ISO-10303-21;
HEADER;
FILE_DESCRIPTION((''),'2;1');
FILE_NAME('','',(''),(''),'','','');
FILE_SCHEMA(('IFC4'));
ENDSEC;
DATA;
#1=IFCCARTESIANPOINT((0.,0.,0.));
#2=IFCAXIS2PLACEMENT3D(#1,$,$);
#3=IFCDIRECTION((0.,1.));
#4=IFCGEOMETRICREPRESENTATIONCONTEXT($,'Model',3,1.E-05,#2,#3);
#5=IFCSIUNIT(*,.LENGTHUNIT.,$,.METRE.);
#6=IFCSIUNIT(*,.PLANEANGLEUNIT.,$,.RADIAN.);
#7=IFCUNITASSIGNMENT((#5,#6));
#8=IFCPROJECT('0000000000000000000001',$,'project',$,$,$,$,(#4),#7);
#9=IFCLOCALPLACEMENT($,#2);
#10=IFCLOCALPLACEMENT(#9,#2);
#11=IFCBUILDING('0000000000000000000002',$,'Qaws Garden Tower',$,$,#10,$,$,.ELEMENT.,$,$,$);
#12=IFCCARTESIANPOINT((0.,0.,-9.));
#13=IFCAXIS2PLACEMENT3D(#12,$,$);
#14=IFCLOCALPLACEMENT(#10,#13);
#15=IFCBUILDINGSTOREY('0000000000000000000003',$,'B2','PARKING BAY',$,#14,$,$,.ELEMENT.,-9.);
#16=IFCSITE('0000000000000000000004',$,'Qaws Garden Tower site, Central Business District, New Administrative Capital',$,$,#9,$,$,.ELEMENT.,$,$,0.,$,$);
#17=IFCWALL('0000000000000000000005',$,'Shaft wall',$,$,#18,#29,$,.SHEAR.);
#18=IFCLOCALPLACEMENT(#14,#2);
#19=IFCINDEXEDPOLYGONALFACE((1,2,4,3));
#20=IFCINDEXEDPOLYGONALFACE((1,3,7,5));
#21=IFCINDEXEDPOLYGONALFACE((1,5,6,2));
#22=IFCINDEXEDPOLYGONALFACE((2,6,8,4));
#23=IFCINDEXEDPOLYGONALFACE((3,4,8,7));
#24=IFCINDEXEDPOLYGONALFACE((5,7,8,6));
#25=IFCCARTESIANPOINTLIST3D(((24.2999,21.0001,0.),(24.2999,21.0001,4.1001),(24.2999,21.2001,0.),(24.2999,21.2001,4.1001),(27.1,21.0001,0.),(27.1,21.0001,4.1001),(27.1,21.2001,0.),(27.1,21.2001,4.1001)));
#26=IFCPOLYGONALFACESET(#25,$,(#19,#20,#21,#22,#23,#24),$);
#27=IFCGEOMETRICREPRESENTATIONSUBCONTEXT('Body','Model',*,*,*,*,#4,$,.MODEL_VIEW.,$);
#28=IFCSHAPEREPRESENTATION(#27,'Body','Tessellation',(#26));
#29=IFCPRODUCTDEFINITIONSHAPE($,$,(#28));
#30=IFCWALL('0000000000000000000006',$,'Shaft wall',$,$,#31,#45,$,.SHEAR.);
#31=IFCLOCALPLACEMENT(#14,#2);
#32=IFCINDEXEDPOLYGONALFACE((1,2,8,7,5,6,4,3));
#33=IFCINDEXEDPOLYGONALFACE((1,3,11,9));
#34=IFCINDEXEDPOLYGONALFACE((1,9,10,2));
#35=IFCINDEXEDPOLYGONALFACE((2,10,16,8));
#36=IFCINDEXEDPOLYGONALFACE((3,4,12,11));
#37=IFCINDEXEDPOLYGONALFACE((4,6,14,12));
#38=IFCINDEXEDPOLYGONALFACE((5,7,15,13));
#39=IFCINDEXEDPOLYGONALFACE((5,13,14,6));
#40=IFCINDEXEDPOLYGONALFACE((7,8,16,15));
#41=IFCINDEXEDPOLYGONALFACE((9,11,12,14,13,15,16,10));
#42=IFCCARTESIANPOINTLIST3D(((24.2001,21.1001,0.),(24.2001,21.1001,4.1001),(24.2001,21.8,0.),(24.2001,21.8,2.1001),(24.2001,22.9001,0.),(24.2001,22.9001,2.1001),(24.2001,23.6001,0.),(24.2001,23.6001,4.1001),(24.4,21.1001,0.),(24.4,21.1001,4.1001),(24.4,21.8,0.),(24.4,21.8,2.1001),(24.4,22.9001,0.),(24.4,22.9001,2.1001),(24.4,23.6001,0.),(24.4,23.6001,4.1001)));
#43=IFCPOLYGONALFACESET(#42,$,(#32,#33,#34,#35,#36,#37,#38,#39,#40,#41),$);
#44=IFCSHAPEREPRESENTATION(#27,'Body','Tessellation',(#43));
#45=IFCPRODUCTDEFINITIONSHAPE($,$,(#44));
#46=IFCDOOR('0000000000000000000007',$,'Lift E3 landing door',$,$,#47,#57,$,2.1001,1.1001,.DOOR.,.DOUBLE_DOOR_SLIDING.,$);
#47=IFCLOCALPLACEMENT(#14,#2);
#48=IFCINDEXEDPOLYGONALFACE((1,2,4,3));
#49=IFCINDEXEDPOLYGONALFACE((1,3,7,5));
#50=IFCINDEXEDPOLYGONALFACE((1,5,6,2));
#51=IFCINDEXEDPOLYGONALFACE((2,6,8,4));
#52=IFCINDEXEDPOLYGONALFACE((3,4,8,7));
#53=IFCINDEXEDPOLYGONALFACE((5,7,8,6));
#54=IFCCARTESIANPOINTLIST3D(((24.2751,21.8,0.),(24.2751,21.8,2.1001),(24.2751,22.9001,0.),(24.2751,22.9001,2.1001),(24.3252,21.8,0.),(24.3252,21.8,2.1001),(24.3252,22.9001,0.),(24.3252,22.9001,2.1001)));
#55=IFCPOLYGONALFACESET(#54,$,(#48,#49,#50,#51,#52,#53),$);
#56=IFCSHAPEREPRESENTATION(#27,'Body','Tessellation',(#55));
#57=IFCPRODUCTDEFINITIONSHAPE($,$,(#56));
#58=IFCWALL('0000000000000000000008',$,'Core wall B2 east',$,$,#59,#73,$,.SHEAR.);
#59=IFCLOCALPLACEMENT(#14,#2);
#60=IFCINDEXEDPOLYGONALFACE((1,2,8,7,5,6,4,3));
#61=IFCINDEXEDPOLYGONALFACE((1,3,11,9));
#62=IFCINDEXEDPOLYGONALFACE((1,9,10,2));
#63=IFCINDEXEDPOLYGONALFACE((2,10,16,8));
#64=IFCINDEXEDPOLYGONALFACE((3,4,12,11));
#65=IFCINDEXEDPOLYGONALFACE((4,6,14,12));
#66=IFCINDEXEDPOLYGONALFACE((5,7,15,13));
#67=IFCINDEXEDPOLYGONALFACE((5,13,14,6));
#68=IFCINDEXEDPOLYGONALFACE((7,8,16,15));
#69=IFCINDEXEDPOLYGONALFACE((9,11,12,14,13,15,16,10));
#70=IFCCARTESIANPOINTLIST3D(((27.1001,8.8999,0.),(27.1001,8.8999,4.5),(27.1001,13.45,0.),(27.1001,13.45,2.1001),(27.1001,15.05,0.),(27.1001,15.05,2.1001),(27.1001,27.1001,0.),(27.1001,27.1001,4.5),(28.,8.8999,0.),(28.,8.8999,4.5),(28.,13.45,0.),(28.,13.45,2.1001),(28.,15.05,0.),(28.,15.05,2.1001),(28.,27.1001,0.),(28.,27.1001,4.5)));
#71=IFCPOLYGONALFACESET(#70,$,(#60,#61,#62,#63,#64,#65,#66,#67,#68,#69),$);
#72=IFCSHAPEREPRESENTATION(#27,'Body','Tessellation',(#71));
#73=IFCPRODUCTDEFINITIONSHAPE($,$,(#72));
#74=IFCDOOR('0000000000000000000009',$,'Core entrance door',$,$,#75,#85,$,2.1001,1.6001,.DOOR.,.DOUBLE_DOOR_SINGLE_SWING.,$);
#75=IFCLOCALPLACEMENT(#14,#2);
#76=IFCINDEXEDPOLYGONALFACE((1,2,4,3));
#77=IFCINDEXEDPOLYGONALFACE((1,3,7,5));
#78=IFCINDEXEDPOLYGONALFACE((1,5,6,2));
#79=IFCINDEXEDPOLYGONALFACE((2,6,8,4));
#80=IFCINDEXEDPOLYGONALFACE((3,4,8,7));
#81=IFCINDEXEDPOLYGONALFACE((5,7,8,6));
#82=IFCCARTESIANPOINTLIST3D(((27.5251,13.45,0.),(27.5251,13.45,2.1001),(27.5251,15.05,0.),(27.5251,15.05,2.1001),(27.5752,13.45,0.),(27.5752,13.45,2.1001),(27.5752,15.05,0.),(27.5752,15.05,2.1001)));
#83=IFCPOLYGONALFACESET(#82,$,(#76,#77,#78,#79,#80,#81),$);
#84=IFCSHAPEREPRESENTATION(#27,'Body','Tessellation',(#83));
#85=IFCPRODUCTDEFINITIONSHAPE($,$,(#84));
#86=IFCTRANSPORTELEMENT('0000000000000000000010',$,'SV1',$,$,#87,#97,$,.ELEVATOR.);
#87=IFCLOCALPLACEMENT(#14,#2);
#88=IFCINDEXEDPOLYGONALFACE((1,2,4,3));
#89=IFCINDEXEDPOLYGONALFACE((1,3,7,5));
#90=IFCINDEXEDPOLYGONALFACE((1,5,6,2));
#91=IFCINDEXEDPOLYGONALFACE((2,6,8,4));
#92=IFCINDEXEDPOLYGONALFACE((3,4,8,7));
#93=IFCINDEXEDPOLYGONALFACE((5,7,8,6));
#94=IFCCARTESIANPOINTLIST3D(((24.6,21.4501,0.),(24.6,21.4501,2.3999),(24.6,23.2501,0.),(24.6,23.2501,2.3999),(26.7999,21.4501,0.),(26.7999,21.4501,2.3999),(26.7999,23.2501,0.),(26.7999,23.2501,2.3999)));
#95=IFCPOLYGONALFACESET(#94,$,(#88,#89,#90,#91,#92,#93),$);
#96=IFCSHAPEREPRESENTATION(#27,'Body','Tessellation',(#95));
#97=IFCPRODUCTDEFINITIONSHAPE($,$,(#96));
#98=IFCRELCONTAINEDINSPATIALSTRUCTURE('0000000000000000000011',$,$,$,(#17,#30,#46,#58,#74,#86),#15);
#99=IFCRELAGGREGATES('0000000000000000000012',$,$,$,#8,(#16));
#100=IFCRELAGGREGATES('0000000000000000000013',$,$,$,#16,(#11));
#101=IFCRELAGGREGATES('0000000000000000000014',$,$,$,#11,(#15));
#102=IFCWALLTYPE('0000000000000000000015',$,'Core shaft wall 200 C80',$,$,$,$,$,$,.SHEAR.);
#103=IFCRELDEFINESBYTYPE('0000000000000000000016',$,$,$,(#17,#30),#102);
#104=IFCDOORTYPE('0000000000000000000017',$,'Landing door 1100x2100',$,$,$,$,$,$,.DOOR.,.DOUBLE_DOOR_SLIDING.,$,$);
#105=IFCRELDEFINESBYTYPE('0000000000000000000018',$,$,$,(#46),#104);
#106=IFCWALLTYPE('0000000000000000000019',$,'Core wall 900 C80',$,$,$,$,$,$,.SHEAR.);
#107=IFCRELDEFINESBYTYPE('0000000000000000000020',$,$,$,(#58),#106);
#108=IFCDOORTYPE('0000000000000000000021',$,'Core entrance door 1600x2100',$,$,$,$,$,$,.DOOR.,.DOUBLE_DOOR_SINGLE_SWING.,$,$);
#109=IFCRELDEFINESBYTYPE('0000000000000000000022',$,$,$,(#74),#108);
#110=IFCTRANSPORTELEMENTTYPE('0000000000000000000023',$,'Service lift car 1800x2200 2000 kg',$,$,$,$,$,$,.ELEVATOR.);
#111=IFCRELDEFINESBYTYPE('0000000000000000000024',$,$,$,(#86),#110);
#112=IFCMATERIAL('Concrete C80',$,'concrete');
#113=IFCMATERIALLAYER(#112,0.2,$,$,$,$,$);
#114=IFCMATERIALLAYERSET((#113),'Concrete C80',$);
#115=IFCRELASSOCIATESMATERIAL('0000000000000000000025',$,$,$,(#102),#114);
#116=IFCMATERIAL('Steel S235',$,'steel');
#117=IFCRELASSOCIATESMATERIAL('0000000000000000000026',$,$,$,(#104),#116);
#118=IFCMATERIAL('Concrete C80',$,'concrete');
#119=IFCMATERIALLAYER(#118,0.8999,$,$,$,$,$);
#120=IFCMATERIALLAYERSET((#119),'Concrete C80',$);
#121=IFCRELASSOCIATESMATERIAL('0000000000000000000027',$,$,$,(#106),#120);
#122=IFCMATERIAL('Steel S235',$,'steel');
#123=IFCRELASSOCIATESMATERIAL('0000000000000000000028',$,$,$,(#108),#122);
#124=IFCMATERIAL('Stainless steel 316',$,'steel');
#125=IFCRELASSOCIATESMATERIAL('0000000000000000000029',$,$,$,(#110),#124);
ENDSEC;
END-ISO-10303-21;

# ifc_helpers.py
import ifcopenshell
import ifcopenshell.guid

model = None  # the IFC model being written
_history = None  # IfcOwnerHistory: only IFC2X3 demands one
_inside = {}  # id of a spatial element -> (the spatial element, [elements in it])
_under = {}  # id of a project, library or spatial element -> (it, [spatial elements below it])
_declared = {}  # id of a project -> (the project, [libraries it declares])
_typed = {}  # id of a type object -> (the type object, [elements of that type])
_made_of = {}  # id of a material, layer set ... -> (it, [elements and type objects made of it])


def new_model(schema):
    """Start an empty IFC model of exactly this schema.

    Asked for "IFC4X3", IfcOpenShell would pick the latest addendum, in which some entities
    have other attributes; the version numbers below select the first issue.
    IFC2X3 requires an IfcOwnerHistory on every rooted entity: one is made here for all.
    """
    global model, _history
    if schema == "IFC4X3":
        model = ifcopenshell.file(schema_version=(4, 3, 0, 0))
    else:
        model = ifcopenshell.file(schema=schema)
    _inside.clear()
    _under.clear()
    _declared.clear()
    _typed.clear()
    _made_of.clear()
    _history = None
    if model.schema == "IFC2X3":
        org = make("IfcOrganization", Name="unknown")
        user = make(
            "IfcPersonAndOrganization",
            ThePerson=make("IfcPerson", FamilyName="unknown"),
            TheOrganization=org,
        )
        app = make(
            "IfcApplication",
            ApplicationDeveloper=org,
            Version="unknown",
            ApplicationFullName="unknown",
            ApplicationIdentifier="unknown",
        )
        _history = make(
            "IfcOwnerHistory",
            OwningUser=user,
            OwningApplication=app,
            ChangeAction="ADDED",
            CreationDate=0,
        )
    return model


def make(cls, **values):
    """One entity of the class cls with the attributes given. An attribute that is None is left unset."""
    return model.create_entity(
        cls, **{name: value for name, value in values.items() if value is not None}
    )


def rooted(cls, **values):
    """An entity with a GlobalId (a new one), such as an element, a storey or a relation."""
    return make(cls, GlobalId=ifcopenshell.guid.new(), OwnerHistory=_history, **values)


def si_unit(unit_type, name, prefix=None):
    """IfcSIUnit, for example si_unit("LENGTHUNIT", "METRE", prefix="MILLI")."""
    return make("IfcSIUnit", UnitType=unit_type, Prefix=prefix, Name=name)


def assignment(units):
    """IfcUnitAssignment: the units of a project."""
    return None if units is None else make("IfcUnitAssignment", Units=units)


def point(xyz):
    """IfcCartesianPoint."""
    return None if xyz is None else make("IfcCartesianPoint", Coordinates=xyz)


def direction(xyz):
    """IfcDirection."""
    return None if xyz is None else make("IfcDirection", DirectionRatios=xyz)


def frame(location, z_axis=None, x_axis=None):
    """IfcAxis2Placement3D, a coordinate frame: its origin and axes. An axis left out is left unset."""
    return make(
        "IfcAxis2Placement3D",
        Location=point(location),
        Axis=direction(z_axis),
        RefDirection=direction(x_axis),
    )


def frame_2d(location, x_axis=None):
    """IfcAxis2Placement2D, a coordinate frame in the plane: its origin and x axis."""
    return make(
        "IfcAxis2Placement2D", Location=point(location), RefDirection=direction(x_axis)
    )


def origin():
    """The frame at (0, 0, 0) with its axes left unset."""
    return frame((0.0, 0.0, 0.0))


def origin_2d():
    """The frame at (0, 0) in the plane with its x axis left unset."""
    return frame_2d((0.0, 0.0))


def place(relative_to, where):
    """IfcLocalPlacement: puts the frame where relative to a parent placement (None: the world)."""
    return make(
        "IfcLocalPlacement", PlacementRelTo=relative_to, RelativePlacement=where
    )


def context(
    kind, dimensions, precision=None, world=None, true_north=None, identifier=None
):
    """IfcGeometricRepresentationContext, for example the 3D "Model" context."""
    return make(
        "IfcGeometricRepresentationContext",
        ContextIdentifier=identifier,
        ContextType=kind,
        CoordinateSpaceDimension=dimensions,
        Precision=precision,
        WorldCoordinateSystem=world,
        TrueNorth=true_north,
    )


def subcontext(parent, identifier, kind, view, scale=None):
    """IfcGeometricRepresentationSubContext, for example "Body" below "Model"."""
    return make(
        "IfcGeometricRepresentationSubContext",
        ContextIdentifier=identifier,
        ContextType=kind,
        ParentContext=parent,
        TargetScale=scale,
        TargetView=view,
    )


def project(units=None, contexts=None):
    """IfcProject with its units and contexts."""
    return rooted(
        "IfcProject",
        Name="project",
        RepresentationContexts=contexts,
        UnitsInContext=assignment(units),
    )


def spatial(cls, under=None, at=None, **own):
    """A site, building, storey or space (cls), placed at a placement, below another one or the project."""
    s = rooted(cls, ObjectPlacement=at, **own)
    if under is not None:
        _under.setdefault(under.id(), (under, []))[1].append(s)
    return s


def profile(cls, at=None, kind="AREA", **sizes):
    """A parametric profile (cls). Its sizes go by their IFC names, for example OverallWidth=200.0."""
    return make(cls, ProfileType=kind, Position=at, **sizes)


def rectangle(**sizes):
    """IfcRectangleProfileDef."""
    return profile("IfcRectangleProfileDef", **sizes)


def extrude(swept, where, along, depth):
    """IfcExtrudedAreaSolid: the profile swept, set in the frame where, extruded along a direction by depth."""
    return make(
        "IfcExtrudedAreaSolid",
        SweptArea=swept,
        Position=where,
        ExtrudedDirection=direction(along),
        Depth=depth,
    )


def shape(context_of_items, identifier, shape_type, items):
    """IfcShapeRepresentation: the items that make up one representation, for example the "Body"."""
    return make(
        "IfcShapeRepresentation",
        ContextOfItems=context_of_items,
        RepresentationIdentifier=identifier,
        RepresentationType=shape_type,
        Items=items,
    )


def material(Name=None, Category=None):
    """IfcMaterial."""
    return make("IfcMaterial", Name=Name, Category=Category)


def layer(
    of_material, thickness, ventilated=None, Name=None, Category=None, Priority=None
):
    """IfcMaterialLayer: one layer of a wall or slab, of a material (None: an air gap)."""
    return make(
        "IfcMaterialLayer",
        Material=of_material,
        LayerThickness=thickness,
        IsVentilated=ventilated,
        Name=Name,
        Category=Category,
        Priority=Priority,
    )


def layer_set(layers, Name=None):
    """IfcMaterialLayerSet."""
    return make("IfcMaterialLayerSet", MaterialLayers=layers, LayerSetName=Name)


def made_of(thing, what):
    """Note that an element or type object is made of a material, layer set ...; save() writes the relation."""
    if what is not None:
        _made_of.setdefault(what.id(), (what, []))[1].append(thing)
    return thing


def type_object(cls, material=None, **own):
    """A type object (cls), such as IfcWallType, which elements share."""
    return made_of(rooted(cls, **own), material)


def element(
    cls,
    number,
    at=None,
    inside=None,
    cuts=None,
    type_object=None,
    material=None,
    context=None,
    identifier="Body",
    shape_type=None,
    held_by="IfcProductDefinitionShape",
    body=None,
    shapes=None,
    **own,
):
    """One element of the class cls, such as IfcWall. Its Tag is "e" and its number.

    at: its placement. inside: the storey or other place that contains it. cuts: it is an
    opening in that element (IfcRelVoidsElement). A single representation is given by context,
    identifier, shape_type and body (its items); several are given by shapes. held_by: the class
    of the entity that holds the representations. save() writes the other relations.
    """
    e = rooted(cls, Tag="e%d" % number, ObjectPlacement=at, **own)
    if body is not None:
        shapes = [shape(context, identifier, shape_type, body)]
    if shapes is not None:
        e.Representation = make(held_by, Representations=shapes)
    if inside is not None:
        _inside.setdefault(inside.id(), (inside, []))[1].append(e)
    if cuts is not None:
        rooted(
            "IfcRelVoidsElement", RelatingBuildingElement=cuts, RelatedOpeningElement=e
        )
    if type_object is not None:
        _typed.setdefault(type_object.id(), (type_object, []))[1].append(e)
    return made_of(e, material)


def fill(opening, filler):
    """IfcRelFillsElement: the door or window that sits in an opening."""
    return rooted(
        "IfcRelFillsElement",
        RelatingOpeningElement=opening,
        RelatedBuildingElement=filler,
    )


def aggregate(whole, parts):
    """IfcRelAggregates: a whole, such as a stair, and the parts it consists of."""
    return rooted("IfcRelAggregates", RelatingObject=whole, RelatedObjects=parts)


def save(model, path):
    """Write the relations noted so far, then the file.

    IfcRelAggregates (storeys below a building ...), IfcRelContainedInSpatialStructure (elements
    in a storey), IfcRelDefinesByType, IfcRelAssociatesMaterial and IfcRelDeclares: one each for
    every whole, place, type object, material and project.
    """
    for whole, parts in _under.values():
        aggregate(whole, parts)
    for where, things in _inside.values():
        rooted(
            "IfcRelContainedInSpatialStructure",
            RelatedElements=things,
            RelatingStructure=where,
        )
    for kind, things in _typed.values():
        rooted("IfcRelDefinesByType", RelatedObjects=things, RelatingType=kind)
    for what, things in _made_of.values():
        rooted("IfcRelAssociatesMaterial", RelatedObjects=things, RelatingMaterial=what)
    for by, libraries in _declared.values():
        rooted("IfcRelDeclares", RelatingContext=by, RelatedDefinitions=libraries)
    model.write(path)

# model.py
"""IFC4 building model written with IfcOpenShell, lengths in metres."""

from ifc_helpers import new_model, si_unit, direction, frame, frame_2d, origin, origin_2d, place, context, subcontext, project, spatial, rectangle, extrude, material, layer, layer_set, type_object, element, fill, save


model = new_model("IFC4")

# Units and contexts
model_context = context("Model", 3, precision=1e-05, world=origin(), true_north=direction((0.0, 1.0)))
body_context = subcontext(model_context, "Body", "Model", "MODEL_VIEW")
ifc_project = project(units=[si_unit("LENGTHUNIT", "METRE"), si_unit("PLANEANGLEUNIT", "RADIAN")], contexts=[model_context])

# Site, building, storey
site_placement = place(None, origin())
site = spatial("IfcSite", under=ifc_project, at=site_placement, Name="Qaws Garden Tower site, Central Business District, New Administrative Capital", CompositionType="ELEMENT", RefElevation=0.0)
building_placement = place(site_placement, origin())
building = spatial("IfcBuilding", under=site, at=building_placement, Name="Qaws Garden Tower", CompositionType="ELEMENT")
storey_placement = place(building_placement, frame((0.0, 0.0, -9.0)))
storey = spatial("IfcBuildingStorey", under=building, at=storey_placement, Name="B2", Description="PARKING BAY", CompositionType="ELEMENT", Elevation=-9.0)

# Wall
ifc_material_1 = material(Name="Concrete C80", Category="concrete")
ifc_layer_1 = layer(ifc_material_1, 0.2)
ifc_layer_set_1 = layer_set([ifc_layer_1], Name="Concrete C80")
wall_type_1 = type_object("IfcWallType", Name="Core shaft wall 200 C80", PredefinedType="SHEAR", material=ifc_layer_set_1)
wall_1_placement = place(storey_placement, frame((24.3, 21.1001, 0.0), z_axis=(0.0, 0.0, 1.0), x_axis=(1.0, 0.0, 0.0)))
element("IfcWall", 1, at=wall_1_placement, inside=storey, type_object=wall_type_1, Name="Shaft wall", PredefinedType="SHEAR", context=body_context, shape_type="SweptSolid", body=[
    extrude(rectangle(XDim=2.8, YDim=0.2, at=frame_2d((1.3999, 0.0))), origin(), (0.0, 0.0, 1.0), 4.1001),
])

# Walls, openings, doors
wall_2_placement = place(storey_placement, frame((24.3, 21.1001, 0.0), z_axis=(0.0, 0.0, 1.0), x_axis=(0.0, 1.0, 0.0)))
wall_2 = element("IfcWall", 2, at=wall_2_placement, inside=storey, type_object=wall_type_1, Name="Shaft wall", PredefinedType="SHEAR", context=body_context, shape_type="SweptSolid", body=[
    extrude(rectangle(XDim=2.5, YDim=0.2, at=frame_2d((1.25, 0.0))), origin(), (0.0, 0.0, 1.0), 4.1001),
])
opening_1_placement = place(wall_2_placement, frame((0.7, 0.0, 0.0)))
opening_1 = element("IfcOpeningElement", 3, at=opening_1_placement, cuts=wall_2, PredefinedType="OPENING", context=body_context, shape_type="SweptSolid", body=[
    extrude(rectangle(XDim=1.1001, YDim=2.1001, at=frame_2d((0.55, 1.05))), frame((0.0, 0.1099, 0.0), z_axis=(0.0, -1.0, 0.0), x_axis=(1.0, 0.0, 0.0)), (0.0, 0.0, 1.0), 0.22),
])
ifc_material_2 = material(Name="Steel S235", Category="steel")
door_type_1 = type_object("IfcDoorType", Name="Landing door 1100x2100", OperationType="DOUBLE_DOOR_SLIDING", PredefinedType="DOOR", material=ifc_material_2)
door_1_placement = place(opening_1_placement, origin())
door_1 = element("IfcDoor", 4, at=door_1_placement, inside=storey, type_object=door_type_1, Name="Lift E3 landing door", OperationType="DOUBLE_DOOR_SLIDING", OverallHeight=2.1001, OverallWidth=1.1001, PredefinedType="DOOR", context=body_context, shape_type="SweptSolid", body=[
    extrude(rectangle(XDim=1.1001, YDim=2.1001, at=frame_2d((0.55, 1.05))), frame((0.0, 0.0249, 0.0), z_axis=(0.0, -1.0, 0.0), x_axis=(1.0, 0.0, 0.0)), (0.0, 0.0, 1.0), 0.05),
])
fill(opening_1, door_1)
ifc_material_3 = material(Name="Concrete C80", Category="concrete")
ifc_layer_2 = layer(ifc_material_3, 0.8999)
ifc_layer_set_2 = layer_set([ifc_layer_2], Name="Concrete C80")
wall_type_2 = type_object("IfcWallType", Name="Core wall 900 C80", PredefinedType="SHEAR", material=ifc_layer_set_2)
wall_3_placement = place(storey_placement, frame((27.55, 8.8999, 0.0), z_axis=(0.0, 0.0, 1.0), x_axis=(0.0, 1.0, 0.0)))
wall_3 = element("IfcWall", 5, at=wall_3_placement, inside=storey, type_object=wall_type_2, Name="Core wall B2 east", PredefinedType="SHEAR", context=body_context, shape_type="SweptSolid", body=[
    extrude(rectangle(XDim=18.2002, YDim=0.8999, at=frame_2d((9.1001, 0.0))), origin(), (0.0, 0.0, 1.0), 4.5),
])
opening_2_placement = place(wall_3_placement, frame((4.55, 0.0, 0.0)))
opening_2 = element("IfcOpeningElement", 6, at=opening_2_placement, cuts=wall_3, PredefinedType="OPENING", context=body_context, shape_type="SweptSolid", body=[
    extrude(rectangle(XDim=1.6001, YDim=2.1001, at=frame_2d((0.8, 1.05))), frame((0.0, 0.46, 0.0), z_axis=(0.0, -1.0, 0.0), x_axis=(1.0, 0.0, 0.0)), (0.0, 0.0, 1.0), 0.9199),
])
ifc_material_4 = material(Name="Steel S235", Category="steel")
door_type_2 = type_object("IfcDoorType", Name="Core entrance door 1600x2100", OperationType="DOUBLE_DOOR_SINGLE_SWING", PredefinedType="DOOR", material=ifc_material_4)
door_2_placement = place(opening_2_placement, origin())
door_2 = element("IfcDoor", 7, at=door_2_placement, inside=storey, type_object=door_type_2, Name="Core entrance door", OperationType="DOUBLE_DOOR_SINGLE_SWING", OverallHeight=2.1001, OverallWidth=1.6001, PredefinedType="DOOR", context=body_context, shape_type="SweptSolid", body=[
    extrude(rectangle(XDim=1.6001, YDim=2.1001, at=frame_2d((0.8, 1.05))), frame((0.0, 0.0249, 0.0), z_axis=(0.0, -1.0, 0.0), x_axis=(1.0, 0.0, 0.0)), (0.0, 0.0, 1.0), 0.05),
])
fill(opening_2, door_2)

# Transport element
ifc_material_5 = material(Name="Stainless steel 316", Category="steel")
transport_element_type = type_object("IfcTransportElementType", Name="Service lift car 1800x2200 2000 kg", PredefinedType="ELEVATOR", material=ifc_material_5)
transport_element_placement = place(storey_placement, frame((25.7, 22.3501, 0.0), z_axis=(0.0, 0.0, 1.0), x_axis=(1.0, 0.0, 0.0)))
element("IfcTransportElement", 8, at=transport_element_placement, inside=storey, type_object=transport_element_type, Name="SV1", PredefinedType="ELEVATOR", context=body_context, shape_type="SweptSolid", body=[
    extrude(rectangle(XDim=2.2, YDim=1.8, at=origin_2d()), origin(), (0.0, 0.0, 1.0), 2.3999),
])

save(model, "model.ifc")
